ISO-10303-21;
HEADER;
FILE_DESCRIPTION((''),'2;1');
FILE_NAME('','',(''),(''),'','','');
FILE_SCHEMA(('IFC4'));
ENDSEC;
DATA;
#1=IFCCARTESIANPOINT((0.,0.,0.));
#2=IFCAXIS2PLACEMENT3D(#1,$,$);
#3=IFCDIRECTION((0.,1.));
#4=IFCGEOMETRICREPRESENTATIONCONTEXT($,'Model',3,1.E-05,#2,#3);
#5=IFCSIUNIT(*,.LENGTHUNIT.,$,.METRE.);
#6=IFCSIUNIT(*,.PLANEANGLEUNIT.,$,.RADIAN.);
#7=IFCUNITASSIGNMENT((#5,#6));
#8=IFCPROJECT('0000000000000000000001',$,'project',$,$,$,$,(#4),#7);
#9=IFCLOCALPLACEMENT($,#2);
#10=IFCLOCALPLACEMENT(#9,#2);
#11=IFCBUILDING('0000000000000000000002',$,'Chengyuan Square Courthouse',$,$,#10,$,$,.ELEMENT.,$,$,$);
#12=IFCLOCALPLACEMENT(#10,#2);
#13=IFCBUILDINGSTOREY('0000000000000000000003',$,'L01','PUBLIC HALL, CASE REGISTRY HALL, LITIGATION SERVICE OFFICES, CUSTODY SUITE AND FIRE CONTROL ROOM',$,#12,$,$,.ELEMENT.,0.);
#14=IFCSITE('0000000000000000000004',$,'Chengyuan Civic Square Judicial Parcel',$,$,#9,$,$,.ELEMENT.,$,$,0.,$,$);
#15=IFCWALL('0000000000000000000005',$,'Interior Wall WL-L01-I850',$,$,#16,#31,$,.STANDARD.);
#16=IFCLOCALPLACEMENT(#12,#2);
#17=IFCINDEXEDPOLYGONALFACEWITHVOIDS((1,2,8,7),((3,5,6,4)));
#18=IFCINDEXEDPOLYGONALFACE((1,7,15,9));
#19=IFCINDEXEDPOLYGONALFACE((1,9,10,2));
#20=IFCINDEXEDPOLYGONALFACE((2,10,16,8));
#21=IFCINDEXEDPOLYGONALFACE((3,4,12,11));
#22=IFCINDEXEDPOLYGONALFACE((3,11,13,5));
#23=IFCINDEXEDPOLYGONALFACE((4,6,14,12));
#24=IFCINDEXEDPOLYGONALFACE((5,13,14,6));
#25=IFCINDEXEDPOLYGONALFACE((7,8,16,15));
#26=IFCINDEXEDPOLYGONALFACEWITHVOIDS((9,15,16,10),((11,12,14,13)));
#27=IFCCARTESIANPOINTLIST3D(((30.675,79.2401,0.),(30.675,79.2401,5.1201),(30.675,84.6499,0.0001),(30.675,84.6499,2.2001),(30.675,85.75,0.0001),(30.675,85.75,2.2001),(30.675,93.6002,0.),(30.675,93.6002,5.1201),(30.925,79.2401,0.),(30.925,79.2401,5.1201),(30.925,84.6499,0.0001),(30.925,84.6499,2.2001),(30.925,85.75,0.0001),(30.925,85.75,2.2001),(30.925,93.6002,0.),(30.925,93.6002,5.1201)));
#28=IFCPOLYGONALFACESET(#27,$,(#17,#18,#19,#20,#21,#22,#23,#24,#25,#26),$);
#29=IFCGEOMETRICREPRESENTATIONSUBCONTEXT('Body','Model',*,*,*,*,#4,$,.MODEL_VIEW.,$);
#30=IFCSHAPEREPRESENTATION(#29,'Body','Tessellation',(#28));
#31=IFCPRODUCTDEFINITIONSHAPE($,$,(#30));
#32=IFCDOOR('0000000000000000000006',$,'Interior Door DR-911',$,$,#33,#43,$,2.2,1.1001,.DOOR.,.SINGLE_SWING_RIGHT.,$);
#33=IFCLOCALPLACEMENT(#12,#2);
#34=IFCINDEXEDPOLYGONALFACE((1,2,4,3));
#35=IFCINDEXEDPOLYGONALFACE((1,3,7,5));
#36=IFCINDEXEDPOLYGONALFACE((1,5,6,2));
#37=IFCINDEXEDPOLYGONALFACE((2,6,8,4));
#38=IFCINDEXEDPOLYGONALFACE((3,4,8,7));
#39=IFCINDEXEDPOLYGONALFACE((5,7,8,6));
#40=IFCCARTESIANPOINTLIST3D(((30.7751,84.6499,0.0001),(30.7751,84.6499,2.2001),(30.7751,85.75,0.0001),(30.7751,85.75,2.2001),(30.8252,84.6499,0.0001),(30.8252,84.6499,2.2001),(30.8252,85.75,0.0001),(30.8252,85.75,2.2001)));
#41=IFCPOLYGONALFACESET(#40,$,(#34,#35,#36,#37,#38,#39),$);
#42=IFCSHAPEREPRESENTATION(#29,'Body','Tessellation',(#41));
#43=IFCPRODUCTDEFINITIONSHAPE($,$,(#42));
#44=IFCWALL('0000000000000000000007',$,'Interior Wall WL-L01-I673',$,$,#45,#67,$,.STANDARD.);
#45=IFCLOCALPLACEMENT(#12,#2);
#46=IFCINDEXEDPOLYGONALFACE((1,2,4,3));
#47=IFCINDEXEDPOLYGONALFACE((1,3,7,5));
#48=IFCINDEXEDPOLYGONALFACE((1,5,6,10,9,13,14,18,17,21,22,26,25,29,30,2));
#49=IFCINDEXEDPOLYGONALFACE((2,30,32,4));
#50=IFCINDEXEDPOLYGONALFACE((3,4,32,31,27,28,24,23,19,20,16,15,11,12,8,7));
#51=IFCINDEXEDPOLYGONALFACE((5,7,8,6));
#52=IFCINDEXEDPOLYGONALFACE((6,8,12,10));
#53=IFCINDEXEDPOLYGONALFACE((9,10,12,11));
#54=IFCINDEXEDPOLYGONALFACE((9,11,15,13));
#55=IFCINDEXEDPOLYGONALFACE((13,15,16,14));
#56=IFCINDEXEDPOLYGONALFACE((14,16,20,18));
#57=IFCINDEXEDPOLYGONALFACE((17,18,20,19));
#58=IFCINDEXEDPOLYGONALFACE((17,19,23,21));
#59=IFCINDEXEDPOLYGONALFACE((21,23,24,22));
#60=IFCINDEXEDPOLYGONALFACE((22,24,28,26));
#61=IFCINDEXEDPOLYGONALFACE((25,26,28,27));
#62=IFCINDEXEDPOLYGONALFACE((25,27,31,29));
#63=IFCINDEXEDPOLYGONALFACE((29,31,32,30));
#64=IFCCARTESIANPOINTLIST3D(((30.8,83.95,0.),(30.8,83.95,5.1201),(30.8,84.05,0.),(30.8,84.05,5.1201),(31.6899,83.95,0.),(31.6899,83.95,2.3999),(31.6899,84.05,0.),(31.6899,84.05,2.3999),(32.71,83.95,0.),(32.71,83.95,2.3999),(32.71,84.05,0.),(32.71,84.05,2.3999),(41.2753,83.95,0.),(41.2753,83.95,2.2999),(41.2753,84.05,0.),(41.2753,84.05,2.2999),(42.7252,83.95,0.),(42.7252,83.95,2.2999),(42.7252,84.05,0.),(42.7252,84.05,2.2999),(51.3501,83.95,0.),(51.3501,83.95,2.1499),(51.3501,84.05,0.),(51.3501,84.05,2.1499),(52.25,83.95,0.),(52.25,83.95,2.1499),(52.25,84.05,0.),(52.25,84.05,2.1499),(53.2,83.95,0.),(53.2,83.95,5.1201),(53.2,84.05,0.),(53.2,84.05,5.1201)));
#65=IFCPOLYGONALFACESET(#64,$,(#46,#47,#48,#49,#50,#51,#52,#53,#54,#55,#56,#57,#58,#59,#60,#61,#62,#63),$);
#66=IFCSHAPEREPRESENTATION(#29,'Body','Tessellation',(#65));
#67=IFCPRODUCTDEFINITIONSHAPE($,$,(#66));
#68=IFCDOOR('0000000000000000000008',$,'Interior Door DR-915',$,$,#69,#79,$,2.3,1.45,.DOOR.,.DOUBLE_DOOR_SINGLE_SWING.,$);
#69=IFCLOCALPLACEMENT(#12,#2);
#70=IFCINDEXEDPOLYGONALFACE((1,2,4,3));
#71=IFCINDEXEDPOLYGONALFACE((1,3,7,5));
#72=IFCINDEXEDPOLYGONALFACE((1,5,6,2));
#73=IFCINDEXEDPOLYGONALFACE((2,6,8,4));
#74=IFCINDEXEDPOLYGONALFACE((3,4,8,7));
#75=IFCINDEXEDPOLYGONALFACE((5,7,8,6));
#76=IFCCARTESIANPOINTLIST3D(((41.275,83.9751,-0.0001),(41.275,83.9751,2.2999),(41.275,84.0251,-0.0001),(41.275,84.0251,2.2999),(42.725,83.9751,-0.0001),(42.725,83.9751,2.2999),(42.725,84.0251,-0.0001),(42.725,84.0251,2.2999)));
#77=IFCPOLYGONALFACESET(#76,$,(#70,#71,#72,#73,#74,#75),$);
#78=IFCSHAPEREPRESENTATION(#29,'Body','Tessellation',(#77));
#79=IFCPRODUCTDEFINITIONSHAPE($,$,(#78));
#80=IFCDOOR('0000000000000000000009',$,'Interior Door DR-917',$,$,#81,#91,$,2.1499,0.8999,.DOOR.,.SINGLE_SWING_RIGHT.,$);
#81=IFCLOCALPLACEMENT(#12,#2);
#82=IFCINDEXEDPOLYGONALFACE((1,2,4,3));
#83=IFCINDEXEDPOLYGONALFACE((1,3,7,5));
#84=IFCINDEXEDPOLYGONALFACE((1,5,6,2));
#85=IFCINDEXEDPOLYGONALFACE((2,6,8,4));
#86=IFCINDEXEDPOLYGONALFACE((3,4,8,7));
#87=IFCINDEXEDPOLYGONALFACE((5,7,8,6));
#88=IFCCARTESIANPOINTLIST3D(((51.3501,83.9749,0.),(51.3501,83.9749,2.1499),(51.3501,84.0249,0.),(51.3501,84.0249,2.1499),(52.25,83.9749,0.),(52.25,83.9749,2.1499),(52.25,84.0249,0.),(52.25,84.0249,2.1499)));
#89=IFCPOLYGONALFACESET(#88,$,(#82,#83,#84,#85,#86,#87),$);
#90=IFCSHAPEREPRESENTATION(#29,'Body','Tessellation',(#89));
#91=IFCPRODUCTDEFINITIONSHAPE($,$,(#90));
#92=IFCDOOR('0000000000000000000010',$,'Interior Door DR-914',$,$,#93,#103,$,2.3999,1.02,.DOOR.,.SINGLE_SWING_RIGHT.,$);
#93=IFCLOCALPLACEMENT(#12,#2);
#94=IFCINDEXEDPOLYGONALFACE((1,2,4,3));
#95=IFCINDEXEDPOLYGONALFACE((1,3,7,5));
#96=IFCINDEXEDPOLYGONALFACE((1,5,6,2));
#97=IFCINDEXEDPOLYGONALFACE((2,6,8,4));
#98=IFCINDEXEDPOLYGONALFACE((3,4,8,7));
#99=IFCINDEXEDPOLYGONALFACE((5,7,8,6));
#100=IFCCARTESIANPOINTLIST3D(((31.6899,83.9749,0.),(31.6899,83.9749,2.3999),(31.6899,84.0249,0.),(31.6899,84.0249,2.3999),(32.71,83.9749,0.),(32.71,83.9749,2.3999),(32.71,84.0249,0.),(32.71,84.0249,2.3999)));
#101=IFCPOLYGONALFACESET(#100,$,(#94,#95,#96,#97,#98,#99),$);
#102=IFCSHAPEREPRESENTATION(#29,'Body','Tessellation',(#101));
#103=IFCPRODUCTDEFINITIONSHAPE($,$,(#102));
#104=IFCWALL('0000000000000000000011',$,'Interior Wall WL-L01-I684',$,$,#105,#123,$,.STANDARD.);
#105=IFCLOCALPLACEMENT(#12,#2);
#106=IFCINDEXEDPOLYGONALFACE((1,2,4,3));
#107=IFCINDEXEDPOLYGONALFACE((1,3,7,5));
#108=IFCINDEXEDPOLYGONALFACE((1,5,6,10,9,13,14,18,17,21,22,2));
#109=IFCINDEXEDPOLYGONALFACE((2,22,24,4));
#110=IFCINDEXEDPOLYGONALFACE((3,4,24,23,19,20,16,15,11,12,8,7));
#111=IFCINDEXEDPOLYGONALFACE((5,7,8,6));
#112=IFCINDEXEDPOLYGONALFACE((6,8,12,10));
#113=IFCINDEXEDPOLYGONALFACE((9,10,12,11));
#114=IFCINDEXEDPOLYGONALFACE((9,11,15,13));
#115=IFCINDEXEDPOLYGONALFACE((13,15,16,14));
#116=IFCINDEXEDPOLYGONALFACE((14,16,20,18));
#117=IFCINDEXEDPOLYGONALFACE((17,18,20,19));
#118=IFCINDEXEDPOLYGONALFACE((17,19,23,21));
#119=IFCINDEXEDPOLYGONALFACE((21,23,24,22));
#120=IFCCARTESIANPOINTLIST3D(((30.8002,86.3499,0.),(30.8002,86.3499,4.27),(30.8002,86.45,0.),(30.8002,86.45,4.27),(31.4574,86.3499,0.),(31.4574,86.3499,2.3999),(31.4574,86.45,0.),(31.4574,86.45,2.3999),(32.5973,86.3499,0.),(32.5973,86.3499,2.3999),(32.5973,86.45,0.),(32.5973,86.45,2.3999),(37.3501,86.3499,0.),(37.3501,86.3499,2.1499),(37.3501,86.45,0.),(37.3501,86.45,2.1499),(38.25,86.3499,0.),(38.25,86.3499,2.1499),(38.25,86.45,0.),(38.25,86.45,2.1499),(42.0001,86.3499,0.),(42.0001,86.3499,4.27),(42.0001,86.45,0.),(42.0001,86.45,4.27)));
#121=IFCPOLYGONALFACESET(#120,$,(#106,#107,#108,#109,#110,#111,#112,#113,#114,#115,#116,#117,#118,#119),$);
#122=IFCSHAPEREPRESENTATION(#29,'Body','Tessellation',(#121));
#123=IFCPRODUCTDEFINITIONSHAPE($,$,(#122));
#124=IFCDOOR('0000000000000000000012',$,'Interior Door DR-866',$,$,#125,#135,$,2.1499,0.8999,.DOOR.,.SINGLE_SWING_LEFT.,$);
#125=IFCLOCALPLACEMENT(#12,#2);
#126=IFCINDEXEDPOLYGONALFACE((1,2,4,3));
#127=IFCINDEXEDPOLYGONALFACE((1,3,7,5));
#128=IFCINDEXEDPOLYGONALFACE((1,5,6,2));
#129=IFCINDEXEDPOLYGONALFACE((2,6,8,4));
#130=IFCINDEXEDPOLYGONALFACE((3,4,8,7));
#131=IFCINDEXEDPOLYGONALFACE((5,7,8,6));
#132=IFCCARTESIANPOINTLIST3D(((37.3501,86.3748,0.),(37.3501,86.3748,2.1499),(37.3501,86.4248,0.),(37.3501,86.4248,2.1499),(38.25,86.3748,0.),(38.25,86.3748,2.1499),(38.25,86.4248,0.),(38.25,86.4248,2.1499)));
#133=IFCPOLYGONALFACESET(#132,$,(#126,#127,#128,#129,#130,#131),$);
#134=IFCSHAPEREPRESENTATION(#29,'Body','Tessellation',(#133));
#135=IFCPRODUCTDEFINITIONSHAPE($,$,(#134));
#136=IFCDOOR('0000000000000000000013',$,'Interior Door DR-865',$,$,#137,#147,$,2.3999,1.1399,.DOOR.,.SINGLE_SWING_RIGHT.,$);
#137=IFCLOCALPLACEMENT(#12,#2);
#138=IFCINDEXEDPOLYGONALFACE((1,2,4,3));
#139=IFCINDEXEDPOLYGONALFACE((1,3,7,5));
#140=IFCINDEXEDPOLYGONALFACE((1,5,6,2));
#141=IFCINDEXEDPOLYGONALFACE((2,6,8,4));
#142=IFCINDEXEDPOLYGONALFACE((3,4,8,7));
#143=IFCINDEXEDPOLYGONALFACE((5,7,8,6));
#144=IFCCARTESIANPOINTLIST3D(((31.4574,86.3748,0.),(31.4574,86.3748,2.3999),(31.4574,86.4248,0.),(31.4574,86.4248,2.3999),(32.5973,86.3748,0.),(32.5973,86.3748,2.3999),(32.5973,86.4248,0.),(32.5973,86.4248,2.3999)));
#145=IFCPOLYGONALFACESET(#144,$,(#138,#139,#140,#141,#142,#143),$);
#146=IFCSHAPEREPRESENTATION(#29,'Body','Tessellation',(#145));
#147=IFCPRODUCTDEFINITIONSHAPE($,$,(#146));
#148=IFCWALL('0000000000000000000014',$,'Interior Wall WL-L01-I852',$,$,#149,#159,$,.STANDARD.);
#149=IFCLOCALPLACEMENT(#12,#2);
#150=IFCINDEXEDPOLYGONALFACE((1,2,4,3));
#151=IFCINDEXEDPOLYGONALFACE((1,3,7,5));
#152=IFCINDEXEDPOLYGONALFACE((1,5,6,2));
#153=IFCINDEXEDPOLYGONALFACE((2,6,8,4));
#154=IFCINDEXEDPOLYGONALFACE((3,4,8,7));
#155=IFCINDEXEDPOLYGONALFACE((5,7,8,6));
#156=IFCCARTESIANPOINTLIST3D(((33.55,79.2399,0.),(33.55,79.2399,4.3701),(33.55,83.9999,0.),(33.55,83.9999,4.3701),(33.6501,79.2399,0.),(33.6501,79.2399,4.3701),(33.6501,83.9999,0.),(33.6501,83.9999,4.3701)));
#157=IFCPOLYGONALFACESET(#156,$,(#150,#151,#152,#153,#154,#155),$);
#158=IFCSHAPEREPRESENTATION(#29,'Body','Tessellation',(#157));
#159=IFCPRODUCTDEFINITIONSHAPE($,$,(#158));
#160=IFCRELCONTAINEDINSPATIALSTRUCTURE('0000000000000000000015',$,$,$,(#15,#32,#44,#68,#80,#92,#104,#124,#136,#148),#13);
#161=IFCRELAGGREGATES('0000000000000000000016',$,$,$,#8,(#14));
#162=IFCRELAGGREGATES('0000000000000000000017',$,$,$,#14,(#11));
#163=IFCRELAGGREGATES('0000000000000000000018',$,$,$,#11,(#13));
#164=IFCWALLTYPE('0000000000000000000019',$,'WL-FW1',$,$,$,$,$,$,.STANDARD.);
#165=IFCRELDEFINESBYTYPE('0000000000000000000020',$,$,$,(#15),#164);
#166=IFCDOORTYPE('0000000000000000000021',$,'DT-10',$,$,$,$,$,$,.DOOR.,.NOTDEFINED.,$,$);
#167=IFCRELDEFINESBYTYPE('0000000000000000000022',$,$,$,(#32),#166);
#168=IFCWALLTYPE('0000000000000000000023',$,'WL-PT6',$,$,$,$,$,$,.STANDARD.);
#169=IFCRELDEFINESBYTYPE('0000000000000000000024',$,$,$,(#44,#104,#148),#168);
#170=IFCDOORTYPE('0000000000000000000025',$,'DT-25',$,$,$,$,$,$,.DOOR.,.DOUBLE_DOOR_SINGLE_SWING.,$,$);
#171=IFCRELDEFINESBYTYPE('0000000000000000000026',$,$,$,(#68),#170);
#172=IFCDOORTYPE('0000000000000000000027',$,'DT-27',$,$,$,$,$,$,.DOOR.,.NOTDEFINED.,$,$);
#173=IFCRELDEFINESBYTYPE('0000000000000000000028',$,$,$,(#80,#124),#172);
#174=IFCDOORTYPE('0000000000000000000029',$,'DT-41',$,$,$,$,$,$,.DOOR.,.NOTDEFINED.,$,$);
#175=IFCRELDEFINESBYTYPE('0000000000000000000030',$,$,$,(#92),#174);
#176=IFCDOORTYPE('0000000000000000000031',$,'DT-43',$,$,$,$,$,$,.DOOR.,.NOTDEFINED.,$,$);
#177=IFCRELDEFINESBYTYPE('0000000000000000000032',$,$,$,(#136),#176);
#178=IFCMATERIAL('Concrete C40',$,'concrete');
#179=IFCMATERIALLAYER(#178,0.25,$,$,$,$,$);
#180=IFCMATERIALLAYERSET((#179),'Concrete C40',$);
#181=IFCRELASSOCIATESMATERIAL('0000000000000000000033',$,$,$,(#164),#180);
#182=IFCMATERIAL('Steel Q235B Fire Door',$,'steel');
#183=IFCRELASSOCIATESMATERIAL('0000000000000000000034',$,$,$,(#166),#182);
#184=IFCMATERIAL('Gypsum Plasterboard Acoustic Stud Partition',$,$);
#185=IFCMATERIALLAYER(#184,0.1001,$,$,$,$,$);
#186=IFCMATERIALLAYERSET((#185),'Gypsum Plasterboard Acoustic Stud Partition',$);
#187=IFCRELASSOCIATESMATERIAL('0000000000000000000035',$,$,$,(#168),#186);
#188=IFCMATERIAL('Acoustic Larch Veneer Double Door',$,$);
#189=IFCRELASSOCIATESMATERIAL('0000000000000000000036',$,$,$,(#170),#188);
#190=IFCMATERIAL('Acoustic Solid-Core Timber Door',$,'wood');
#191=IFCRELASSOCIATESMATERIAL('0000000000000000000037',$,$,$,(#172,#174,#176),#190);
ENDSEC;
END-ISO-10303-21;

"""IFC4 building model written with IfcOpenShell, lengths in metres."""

from ifc_helpers import new_model, si_unit, direction, frame, frame_2d, origin, place, context, subcontext, project, spatial, rectangle, extrude, material, layer, layer_set, type_object, element, fill, save


model = new_model("IFC4")

# Units and contexts
model_context = context("Model", 3, precision=1e-05, world=origin(), true_north=direction((0.0, 1.0)))
body_context = subcontext(model_context, "Body", "Model", "MODEL_VIEW")
ifc_project = project(units=[si_unit("LENGTHUNIT", "METRE"), si_unit("PLANEANGLEUNIT", "RADIAN")], contexts=[model_context])

# Site, building, storey
site_placement = place(None, origin())
site = spatial("IfcSite", under=ifc_project, at=site_placement, Name="Chengyuan Civic Square Judicial Parcel", CompositionType="ELEMENT", RefElevation=0.0)
building_placement = place(site_placement, origin())
building = spatial("IfcBuilding", under=site, at=building_placement, Name="Chengyuan Square Courthouse", CompositionType="ELEMENT")
storey_placement = place(building_placement, origin())
storey = spatial("IfcBuildingStorey", under=building, at=storey_placement, Name="L01", Description="PUBLIC HALL, CASE REGISTRY HALL, LITIGATION SERVICE OFFICES, CUSTODY SUITE AND FIRE CONTROL ROOM", CompositionType="ELEMENT", Elevation=0.0)

# Shared definitions
ifc_material_1 = material(Name="Concrete C40", Category="concrete")

# Wall, opening, door
ifc_layer_1 = layer(ifc_material_1, 0.25)
ifc_layer_set_1 = layer_set([ifc_layer_1], Name="Concrete C40")
wall_type_1 = type_object("IfcWallType", Name="WL-FW1", PredefinedType="STANDARD", material=ifc_layer_set_1)
wall_1_placement = place(storey_placement, frame((30.8, 79.24, 0.0), z_axis=(0.0, 0.0, 1.0), x_axis=(0.0, 1.0, 0.0)))
wall_1 = element("IfcWall", 1, at=wall_1_placement, inside=storey, type_object=wall_type_1, Name="Interior Wall WL-L01-I850", PredefinedType="STANDARD", context=body_context, shape_type="SweptSolid", body=[
    extrude(rectangle(XDim=14.3601, YDim=0.25, at=frame_2d((7.1802, 0.0))), origin(), (0.0, 0.0, 1.0), 5.1201),
])
opening_1_placement = place(wall_1_placement, frame((5.4099, 0.0, 0.0)))
opening_1 = element("IfcOpeningElement", 2, at=opening_1_placement, cuts=wall_1, PredefinedType="OPENING", context=body_context, shape_type="SweptSolid", body=[
    extrude(rectangle(XDim=1.1001, YDim=2.2, at=frame_2d((0.55, 1.1001))), frame((0.0, 0.137, 0.0), z_axis=(0.0, -1.0, 0.0), x_axis=(1.0, 0.0, 0.0)), (0.0, 0.0, 1.0), 0.2739),
])
ifc_material_2 = material(Name="Steel Q235B Fire Door", Category="steel")
door_type_1 = type_object("IfcDoorType", Name="DT-10", OperationType="NOTDEFINED", PredefinedType="DOOR", material=ifc_material_2)
door_1_placement = place(opening_1_placement, origin())
door_1 = element("IfcDoor", 3, at=door_1_placement, inside=storey, type_object=door_type_1, Name="Interior Door DR-911", OperationType="SINGLE_SWING_RIGHT", OverallHeight=2.2, OverallWidth=1.1001, PredefinedType="DOOR", context=body_context, shape_type="SweptSolid", body=[
    extrude(rectangle(XDim=1.1001, YDim=2.2, at=frame_2d((0.55, 1.1001))), frame((0.0, 0.0249, 0.0), z_axis=(0.0, -1.0, 0.0), x_axis=(1.0, 0.0, 0.0)), (0.0, 0.0, 1.0), 0.05),
])
fill(opening_1, door_1)

# Walls, openings, doors
ifc_material_3 = material(Name="Gypsum Plasterboard Acoustic Stud Partition")
ifc_layer_2 = layer(ifc_material_3, 0.1001)
ifc_layer_set_2 = layer_set([ifc_layer_2], Name="Gypsum Plasterboard Acoustic Stud Partition")
wall_type_2 = type_object("IfcWallType", Name="WL-PT6", PredefinedType="STANDARD", material=ifc_layer_set_2)
wall_2_placement = place(storey_placement, frame((30.8, 84.0, 0.0), z_axis=(0.0, 0.0, 1.0), x_axis=(1.0, 0.0, 0.0)))
wall_2 = element("IfcWall", 4, at=wall_2_placement, inside=storey, type_object=wall_type_2, Name="Interior Wall WL-L01-I673", PredefinedType="STANDARD", context=body_context, shape_type="SweptSolid", body=[
    extrude(rectangle(XDim=22.3999, YDim=0.1001, at=frame_2d((11.2, 0.0))), origin(), (0.0, 0.0, 1.0), 5.1201),
])
opening_2_placement = place(wall_2_placement, frame((0.8899, 0.0, 0.0)))
opening_2 = element("IfcOpeningElement", 5, at=opening_2_placement, cuts=wall_2, PredefinedType="OPENING", context=body_context, shape_type="SweptSolid", body=[
    extrude(rectangle(XDim=1.02, YDim=2.3999, at=frame_2d((0.51, 1.2))), frame((0.0, 0.062, 0.0), z_axis=(0.0, -1.0, 0.0), x_axis=(1.0, 0.0, 0.0)), (0.0, 0.0, 1.0), 0.124),
])
opening_3_placement = place(wall_2_placement, frame((10.4751, 0.0, 0.0)))
opening_3 = element("IfcOpeningElement", 6, at=opening_3_placement, cuts=wall_2, PredefinedType="OPENING", context=body_context, shape_type="SweptSolid", body=[
    extrude(rectangle(XDim=1.45, YDim=2.3, at=frame_2d((0.7251, 1.1499))), frame((0.0, 0.062, 0.0), z_axis=(0.0, -1.0, 0.0), x_axis=(1.0, 0.0, 0.0)), (0.0, 0.0, 1.0), 0.124),
])
opening_4_placement = place(wall_2_placement, frame((20.55, 0.0, 0.0)))
opening_4 = element("IfcOpeningElement", 7, at=opening_4_placement, cuts=wall_2, PredefinedType="OPENING", context=body_context, shape_type="SweptSolid", body=[
    extrude(rectangle(XDim=0.8999, YDim=2.1499, at=frame_2d((0.45, 1.075))), frame((0.0, 0.062, 0.0), z_axis=(0.0, -1.0, 0.0), x_axis=(1.0, 0.0, 0.0)), (0.0, 0.0, 1.0), 0.124),
])
ifc_material_4 = material(Name="Acoustic Larch Veneer Double Door")
door_type_2 = type_object("IfcDoorType", Name="DT-25", OperationType="DOUBLE_DOOR_SINGLE_SWING", PredefinedType="DOOR", material=ifc_material_4)
door_2_placement = place(opening_3_placement, frame((1.45, 0.0, 0.0), z_axis=(0.0, 0.0, 1.0), x_axis=(-1.0, 0.0, 0.0)))
door_2 = element("IfcDoor", 8, at=door_2_placement, inside=storey, type_object=door_type_2, Name="Interior Door DR-915", OperationType="DOUBLE_DOOR_SINGLE_SWING", OverallHeight=2.3, OverallWidth=1.45, PredefinedType="DOOR", context=body_context, shape_type="SweptSolid", body=[
    extrude(rectangle(XDim=1.45, YDim=2.3, at=frame_2d((0.7251, 1.1499))), frame((0.0, 0.0249, 0.0), z_axis=(0.0, -1.0, 0.0), x_axis=(1.0, 0.0, 0.0)), (0.0, 0.0, 1.0), 0.05),
])
fill(opening_3, door_2)
ifc_material_5 = material(Name="Acoustic Solid-Core Timber Door", Category="wood")
door_type_3 = type_object("IfcDoorType", Name="DT-27", OperationType="NOTDEFINED", PredefinedType="DOOR", material=ifc_material_5)
door_3_placement = place(opening_4_placement, origin())
door_3 = element("IfcDoor", 9, at=door_3_placement, inside=storey, type_object=door_type_3, Name="Interior Door DR-917", OperationType="SINGLE_SWING_RIGHT", OverallHeight=2.1499, OverallWidth=0.8999, PredefinedType="DOOR", context=body_context, shape_type="SweptSolid", body=[
    extrude(rectangle(XDim=0.8999, YDim=2.1499, at=frame_2d((0.45, 1.075))), frame((0.0, 0.0249, 0.0), z_axis=(0.0, -1.0, 0.0), x_axis=(1.0, 0.0, 0.0)), (0.0, 0.0, 1.0), 0.05),
])
fill(opening_4, door_3)
door_type_4 = type_object("IfcDoorType", Name="DT-41", OperationType="NOTDEFINED", PredefinedType="DOOR", material=ifc_material_5)
door_4_placement = place(opening_2_placement, origin())
door_4 = element("IfcDoor", 10, at=door_4_placement, inside=storey, type_object=door_type_4, Name="Interior Door DR-914", OperationType="SINGLE_SWING_RIGHT", OverallHeight=2.3999, OverallWidth=1.02, PredefinedType="DOOR", context=body_context, shape_type="SweptSolid", body=[
    extrude(rectangle(XDim=1.02, YDim=2.3999, at=frame_2d((0.51, 1.2))), frame((0.0, 0.0249, 0.0), z_axis=(0.0, -1.0, 0.0), x_axis=(1.0, 0.0, 0.0)), (0.0, 0.0, 1.0), 0.05),
])
fill(opening_2, door_4)
wall_3_placement = place(storey_placement, frame((30.8, 86.3999, 0.0), z_axis=(0.0, 0.0, 1.0), x_axis=(1.0, 0.0, 0.0)))
wall_3 = element("IfcWall", 11, at=wall_3_placement, inside=storey, type_object=wall_type_2, Name="Interior Wall WL-L01-I684", PredefinedType="STANDARD", context=body_context, shape_type="SweptSolid", body=[
    extrude(rectangle(XDim=11.2, YDim=0.1001, at=frame_2d((5.6001, 0.0))), origin(), (0.0, 0.0, 1.0), 4.27),
])
opening_5_placement = place(wall_3_placement, frame((0.6575, 0.0, 0.0)))
opening_5 = element("IfcOpeningElement", 12, at=opening_5_placement, cuts=wall_3, PredefinedType="OPENING", context=body_context, shape_type="SweptSolid", body=[
    extrude(rectangle(XDim=1.1399, YDim=2.3999, at=frame_2d((0.5698, 1.2))), frame((0.0, 0.062, 0.0), z_axis=(0.0, -1.0, 0.0), x_axis=(1.0, 0.0, 0.0)), (0.0, 0.0, 1.0), 0.124),
])
opening_6_placement = place(wall_3_placement, frame((6.55, 0.0, 0.0)))
opening_6 = element("IfcOpeningElement", 13, at=opening_6_placement, cuts=wall_3, PredefinedType="OPENING", context=body_context, shape_type="SweptSolid", body=[
    extrude(rectangle(XDim=0.8999, YDim=2.1499, at=frame_2d((0.45, 1.075))), frame((0.0, 0.062, 0.0), z_axis=(0.0, -1.0, 0.0), x_axis=(1.0, 0.0, 0.0)), (0.0, 0.0, 1.0), 0.124),
])
door_5_placement = place(opening_6_placement, origin())
door_5 = element("IfcDoor", 14, at=door_5_placement, inside=storey, type_object=door_type_3, Name="Interior Door DR-866", OperationType="SINGLE_SWING_LEFT", OverallHeight=2.1499, OverallWidth=0.8999, PredefinedType="DOOR", context=body_context, shape_type="SweptSolid", body=[
    extrude(rectangle(XDim=0.8999, YDim=2.1499, at=frame_2d((0.45, 1.075))), frame((0.0, 0.0249, 0.0), z_axis=(0.0, -1.0, 0.0), x_axis=(1.0, 0.0, 0.0)), (0.0, 0.0, 1.0), 0.05),
])
fill(opening_6, door_5)
door_type_5 = type_object("IfcDoorType", Name="DT-43", OperationType="NOTDEFINED", PredefinedType="DOOR", material=ifc_material_5)
door_6_placement = place(opening_5_placement, origin())
door_6 = element("IfcDoor", 15, at=door_6_placement, inside=storey, type_object=door_type_5, Name="Interior Door DR-865", OperationType="SINGLE_SWING_RIGHT", OverallHeight=2.3999, OverallWidth=1.1399, PredefinedType="DOOR", context=body_context, shape_type="SweptSolid", body=[
    extrude(rectangle(XDim=1.1399, YDim=2.3999, at=frame_2d((0.5698, 1.2))), frame((0.0, 0.0249, 0.0), z_axis=(0.0, -1.0, 0.0), x_axis=(1.0, 0.0, 0.0)), (0.0, 0.0, 1.0), 0.05),
])
fill(opening_5, door_6)

# Wall
wall_4_placement = place(storey_placement, frame((33.6001, 79.24, 0.0), z_axis=(0.0, 0.0, 1.0), x_axis=(0.0, 1.0, 0.0)))
element("IfcWall", 16, at=wall_4_placement, inside=storey, type_object=wall_type_2, Name="Interior Wall WL-L01-I852", PredefinedType="STANDARD", context=body_context, shape_type="SweptSolid", body=[
    extrude(rectangle(XDim=4.76, YDim=0.1001, at=frame_2d((2.3799, 0.0))), origin(), (0.0, 0.0, 1.0), 4.3701),
])

save(model, "model.ifc")
